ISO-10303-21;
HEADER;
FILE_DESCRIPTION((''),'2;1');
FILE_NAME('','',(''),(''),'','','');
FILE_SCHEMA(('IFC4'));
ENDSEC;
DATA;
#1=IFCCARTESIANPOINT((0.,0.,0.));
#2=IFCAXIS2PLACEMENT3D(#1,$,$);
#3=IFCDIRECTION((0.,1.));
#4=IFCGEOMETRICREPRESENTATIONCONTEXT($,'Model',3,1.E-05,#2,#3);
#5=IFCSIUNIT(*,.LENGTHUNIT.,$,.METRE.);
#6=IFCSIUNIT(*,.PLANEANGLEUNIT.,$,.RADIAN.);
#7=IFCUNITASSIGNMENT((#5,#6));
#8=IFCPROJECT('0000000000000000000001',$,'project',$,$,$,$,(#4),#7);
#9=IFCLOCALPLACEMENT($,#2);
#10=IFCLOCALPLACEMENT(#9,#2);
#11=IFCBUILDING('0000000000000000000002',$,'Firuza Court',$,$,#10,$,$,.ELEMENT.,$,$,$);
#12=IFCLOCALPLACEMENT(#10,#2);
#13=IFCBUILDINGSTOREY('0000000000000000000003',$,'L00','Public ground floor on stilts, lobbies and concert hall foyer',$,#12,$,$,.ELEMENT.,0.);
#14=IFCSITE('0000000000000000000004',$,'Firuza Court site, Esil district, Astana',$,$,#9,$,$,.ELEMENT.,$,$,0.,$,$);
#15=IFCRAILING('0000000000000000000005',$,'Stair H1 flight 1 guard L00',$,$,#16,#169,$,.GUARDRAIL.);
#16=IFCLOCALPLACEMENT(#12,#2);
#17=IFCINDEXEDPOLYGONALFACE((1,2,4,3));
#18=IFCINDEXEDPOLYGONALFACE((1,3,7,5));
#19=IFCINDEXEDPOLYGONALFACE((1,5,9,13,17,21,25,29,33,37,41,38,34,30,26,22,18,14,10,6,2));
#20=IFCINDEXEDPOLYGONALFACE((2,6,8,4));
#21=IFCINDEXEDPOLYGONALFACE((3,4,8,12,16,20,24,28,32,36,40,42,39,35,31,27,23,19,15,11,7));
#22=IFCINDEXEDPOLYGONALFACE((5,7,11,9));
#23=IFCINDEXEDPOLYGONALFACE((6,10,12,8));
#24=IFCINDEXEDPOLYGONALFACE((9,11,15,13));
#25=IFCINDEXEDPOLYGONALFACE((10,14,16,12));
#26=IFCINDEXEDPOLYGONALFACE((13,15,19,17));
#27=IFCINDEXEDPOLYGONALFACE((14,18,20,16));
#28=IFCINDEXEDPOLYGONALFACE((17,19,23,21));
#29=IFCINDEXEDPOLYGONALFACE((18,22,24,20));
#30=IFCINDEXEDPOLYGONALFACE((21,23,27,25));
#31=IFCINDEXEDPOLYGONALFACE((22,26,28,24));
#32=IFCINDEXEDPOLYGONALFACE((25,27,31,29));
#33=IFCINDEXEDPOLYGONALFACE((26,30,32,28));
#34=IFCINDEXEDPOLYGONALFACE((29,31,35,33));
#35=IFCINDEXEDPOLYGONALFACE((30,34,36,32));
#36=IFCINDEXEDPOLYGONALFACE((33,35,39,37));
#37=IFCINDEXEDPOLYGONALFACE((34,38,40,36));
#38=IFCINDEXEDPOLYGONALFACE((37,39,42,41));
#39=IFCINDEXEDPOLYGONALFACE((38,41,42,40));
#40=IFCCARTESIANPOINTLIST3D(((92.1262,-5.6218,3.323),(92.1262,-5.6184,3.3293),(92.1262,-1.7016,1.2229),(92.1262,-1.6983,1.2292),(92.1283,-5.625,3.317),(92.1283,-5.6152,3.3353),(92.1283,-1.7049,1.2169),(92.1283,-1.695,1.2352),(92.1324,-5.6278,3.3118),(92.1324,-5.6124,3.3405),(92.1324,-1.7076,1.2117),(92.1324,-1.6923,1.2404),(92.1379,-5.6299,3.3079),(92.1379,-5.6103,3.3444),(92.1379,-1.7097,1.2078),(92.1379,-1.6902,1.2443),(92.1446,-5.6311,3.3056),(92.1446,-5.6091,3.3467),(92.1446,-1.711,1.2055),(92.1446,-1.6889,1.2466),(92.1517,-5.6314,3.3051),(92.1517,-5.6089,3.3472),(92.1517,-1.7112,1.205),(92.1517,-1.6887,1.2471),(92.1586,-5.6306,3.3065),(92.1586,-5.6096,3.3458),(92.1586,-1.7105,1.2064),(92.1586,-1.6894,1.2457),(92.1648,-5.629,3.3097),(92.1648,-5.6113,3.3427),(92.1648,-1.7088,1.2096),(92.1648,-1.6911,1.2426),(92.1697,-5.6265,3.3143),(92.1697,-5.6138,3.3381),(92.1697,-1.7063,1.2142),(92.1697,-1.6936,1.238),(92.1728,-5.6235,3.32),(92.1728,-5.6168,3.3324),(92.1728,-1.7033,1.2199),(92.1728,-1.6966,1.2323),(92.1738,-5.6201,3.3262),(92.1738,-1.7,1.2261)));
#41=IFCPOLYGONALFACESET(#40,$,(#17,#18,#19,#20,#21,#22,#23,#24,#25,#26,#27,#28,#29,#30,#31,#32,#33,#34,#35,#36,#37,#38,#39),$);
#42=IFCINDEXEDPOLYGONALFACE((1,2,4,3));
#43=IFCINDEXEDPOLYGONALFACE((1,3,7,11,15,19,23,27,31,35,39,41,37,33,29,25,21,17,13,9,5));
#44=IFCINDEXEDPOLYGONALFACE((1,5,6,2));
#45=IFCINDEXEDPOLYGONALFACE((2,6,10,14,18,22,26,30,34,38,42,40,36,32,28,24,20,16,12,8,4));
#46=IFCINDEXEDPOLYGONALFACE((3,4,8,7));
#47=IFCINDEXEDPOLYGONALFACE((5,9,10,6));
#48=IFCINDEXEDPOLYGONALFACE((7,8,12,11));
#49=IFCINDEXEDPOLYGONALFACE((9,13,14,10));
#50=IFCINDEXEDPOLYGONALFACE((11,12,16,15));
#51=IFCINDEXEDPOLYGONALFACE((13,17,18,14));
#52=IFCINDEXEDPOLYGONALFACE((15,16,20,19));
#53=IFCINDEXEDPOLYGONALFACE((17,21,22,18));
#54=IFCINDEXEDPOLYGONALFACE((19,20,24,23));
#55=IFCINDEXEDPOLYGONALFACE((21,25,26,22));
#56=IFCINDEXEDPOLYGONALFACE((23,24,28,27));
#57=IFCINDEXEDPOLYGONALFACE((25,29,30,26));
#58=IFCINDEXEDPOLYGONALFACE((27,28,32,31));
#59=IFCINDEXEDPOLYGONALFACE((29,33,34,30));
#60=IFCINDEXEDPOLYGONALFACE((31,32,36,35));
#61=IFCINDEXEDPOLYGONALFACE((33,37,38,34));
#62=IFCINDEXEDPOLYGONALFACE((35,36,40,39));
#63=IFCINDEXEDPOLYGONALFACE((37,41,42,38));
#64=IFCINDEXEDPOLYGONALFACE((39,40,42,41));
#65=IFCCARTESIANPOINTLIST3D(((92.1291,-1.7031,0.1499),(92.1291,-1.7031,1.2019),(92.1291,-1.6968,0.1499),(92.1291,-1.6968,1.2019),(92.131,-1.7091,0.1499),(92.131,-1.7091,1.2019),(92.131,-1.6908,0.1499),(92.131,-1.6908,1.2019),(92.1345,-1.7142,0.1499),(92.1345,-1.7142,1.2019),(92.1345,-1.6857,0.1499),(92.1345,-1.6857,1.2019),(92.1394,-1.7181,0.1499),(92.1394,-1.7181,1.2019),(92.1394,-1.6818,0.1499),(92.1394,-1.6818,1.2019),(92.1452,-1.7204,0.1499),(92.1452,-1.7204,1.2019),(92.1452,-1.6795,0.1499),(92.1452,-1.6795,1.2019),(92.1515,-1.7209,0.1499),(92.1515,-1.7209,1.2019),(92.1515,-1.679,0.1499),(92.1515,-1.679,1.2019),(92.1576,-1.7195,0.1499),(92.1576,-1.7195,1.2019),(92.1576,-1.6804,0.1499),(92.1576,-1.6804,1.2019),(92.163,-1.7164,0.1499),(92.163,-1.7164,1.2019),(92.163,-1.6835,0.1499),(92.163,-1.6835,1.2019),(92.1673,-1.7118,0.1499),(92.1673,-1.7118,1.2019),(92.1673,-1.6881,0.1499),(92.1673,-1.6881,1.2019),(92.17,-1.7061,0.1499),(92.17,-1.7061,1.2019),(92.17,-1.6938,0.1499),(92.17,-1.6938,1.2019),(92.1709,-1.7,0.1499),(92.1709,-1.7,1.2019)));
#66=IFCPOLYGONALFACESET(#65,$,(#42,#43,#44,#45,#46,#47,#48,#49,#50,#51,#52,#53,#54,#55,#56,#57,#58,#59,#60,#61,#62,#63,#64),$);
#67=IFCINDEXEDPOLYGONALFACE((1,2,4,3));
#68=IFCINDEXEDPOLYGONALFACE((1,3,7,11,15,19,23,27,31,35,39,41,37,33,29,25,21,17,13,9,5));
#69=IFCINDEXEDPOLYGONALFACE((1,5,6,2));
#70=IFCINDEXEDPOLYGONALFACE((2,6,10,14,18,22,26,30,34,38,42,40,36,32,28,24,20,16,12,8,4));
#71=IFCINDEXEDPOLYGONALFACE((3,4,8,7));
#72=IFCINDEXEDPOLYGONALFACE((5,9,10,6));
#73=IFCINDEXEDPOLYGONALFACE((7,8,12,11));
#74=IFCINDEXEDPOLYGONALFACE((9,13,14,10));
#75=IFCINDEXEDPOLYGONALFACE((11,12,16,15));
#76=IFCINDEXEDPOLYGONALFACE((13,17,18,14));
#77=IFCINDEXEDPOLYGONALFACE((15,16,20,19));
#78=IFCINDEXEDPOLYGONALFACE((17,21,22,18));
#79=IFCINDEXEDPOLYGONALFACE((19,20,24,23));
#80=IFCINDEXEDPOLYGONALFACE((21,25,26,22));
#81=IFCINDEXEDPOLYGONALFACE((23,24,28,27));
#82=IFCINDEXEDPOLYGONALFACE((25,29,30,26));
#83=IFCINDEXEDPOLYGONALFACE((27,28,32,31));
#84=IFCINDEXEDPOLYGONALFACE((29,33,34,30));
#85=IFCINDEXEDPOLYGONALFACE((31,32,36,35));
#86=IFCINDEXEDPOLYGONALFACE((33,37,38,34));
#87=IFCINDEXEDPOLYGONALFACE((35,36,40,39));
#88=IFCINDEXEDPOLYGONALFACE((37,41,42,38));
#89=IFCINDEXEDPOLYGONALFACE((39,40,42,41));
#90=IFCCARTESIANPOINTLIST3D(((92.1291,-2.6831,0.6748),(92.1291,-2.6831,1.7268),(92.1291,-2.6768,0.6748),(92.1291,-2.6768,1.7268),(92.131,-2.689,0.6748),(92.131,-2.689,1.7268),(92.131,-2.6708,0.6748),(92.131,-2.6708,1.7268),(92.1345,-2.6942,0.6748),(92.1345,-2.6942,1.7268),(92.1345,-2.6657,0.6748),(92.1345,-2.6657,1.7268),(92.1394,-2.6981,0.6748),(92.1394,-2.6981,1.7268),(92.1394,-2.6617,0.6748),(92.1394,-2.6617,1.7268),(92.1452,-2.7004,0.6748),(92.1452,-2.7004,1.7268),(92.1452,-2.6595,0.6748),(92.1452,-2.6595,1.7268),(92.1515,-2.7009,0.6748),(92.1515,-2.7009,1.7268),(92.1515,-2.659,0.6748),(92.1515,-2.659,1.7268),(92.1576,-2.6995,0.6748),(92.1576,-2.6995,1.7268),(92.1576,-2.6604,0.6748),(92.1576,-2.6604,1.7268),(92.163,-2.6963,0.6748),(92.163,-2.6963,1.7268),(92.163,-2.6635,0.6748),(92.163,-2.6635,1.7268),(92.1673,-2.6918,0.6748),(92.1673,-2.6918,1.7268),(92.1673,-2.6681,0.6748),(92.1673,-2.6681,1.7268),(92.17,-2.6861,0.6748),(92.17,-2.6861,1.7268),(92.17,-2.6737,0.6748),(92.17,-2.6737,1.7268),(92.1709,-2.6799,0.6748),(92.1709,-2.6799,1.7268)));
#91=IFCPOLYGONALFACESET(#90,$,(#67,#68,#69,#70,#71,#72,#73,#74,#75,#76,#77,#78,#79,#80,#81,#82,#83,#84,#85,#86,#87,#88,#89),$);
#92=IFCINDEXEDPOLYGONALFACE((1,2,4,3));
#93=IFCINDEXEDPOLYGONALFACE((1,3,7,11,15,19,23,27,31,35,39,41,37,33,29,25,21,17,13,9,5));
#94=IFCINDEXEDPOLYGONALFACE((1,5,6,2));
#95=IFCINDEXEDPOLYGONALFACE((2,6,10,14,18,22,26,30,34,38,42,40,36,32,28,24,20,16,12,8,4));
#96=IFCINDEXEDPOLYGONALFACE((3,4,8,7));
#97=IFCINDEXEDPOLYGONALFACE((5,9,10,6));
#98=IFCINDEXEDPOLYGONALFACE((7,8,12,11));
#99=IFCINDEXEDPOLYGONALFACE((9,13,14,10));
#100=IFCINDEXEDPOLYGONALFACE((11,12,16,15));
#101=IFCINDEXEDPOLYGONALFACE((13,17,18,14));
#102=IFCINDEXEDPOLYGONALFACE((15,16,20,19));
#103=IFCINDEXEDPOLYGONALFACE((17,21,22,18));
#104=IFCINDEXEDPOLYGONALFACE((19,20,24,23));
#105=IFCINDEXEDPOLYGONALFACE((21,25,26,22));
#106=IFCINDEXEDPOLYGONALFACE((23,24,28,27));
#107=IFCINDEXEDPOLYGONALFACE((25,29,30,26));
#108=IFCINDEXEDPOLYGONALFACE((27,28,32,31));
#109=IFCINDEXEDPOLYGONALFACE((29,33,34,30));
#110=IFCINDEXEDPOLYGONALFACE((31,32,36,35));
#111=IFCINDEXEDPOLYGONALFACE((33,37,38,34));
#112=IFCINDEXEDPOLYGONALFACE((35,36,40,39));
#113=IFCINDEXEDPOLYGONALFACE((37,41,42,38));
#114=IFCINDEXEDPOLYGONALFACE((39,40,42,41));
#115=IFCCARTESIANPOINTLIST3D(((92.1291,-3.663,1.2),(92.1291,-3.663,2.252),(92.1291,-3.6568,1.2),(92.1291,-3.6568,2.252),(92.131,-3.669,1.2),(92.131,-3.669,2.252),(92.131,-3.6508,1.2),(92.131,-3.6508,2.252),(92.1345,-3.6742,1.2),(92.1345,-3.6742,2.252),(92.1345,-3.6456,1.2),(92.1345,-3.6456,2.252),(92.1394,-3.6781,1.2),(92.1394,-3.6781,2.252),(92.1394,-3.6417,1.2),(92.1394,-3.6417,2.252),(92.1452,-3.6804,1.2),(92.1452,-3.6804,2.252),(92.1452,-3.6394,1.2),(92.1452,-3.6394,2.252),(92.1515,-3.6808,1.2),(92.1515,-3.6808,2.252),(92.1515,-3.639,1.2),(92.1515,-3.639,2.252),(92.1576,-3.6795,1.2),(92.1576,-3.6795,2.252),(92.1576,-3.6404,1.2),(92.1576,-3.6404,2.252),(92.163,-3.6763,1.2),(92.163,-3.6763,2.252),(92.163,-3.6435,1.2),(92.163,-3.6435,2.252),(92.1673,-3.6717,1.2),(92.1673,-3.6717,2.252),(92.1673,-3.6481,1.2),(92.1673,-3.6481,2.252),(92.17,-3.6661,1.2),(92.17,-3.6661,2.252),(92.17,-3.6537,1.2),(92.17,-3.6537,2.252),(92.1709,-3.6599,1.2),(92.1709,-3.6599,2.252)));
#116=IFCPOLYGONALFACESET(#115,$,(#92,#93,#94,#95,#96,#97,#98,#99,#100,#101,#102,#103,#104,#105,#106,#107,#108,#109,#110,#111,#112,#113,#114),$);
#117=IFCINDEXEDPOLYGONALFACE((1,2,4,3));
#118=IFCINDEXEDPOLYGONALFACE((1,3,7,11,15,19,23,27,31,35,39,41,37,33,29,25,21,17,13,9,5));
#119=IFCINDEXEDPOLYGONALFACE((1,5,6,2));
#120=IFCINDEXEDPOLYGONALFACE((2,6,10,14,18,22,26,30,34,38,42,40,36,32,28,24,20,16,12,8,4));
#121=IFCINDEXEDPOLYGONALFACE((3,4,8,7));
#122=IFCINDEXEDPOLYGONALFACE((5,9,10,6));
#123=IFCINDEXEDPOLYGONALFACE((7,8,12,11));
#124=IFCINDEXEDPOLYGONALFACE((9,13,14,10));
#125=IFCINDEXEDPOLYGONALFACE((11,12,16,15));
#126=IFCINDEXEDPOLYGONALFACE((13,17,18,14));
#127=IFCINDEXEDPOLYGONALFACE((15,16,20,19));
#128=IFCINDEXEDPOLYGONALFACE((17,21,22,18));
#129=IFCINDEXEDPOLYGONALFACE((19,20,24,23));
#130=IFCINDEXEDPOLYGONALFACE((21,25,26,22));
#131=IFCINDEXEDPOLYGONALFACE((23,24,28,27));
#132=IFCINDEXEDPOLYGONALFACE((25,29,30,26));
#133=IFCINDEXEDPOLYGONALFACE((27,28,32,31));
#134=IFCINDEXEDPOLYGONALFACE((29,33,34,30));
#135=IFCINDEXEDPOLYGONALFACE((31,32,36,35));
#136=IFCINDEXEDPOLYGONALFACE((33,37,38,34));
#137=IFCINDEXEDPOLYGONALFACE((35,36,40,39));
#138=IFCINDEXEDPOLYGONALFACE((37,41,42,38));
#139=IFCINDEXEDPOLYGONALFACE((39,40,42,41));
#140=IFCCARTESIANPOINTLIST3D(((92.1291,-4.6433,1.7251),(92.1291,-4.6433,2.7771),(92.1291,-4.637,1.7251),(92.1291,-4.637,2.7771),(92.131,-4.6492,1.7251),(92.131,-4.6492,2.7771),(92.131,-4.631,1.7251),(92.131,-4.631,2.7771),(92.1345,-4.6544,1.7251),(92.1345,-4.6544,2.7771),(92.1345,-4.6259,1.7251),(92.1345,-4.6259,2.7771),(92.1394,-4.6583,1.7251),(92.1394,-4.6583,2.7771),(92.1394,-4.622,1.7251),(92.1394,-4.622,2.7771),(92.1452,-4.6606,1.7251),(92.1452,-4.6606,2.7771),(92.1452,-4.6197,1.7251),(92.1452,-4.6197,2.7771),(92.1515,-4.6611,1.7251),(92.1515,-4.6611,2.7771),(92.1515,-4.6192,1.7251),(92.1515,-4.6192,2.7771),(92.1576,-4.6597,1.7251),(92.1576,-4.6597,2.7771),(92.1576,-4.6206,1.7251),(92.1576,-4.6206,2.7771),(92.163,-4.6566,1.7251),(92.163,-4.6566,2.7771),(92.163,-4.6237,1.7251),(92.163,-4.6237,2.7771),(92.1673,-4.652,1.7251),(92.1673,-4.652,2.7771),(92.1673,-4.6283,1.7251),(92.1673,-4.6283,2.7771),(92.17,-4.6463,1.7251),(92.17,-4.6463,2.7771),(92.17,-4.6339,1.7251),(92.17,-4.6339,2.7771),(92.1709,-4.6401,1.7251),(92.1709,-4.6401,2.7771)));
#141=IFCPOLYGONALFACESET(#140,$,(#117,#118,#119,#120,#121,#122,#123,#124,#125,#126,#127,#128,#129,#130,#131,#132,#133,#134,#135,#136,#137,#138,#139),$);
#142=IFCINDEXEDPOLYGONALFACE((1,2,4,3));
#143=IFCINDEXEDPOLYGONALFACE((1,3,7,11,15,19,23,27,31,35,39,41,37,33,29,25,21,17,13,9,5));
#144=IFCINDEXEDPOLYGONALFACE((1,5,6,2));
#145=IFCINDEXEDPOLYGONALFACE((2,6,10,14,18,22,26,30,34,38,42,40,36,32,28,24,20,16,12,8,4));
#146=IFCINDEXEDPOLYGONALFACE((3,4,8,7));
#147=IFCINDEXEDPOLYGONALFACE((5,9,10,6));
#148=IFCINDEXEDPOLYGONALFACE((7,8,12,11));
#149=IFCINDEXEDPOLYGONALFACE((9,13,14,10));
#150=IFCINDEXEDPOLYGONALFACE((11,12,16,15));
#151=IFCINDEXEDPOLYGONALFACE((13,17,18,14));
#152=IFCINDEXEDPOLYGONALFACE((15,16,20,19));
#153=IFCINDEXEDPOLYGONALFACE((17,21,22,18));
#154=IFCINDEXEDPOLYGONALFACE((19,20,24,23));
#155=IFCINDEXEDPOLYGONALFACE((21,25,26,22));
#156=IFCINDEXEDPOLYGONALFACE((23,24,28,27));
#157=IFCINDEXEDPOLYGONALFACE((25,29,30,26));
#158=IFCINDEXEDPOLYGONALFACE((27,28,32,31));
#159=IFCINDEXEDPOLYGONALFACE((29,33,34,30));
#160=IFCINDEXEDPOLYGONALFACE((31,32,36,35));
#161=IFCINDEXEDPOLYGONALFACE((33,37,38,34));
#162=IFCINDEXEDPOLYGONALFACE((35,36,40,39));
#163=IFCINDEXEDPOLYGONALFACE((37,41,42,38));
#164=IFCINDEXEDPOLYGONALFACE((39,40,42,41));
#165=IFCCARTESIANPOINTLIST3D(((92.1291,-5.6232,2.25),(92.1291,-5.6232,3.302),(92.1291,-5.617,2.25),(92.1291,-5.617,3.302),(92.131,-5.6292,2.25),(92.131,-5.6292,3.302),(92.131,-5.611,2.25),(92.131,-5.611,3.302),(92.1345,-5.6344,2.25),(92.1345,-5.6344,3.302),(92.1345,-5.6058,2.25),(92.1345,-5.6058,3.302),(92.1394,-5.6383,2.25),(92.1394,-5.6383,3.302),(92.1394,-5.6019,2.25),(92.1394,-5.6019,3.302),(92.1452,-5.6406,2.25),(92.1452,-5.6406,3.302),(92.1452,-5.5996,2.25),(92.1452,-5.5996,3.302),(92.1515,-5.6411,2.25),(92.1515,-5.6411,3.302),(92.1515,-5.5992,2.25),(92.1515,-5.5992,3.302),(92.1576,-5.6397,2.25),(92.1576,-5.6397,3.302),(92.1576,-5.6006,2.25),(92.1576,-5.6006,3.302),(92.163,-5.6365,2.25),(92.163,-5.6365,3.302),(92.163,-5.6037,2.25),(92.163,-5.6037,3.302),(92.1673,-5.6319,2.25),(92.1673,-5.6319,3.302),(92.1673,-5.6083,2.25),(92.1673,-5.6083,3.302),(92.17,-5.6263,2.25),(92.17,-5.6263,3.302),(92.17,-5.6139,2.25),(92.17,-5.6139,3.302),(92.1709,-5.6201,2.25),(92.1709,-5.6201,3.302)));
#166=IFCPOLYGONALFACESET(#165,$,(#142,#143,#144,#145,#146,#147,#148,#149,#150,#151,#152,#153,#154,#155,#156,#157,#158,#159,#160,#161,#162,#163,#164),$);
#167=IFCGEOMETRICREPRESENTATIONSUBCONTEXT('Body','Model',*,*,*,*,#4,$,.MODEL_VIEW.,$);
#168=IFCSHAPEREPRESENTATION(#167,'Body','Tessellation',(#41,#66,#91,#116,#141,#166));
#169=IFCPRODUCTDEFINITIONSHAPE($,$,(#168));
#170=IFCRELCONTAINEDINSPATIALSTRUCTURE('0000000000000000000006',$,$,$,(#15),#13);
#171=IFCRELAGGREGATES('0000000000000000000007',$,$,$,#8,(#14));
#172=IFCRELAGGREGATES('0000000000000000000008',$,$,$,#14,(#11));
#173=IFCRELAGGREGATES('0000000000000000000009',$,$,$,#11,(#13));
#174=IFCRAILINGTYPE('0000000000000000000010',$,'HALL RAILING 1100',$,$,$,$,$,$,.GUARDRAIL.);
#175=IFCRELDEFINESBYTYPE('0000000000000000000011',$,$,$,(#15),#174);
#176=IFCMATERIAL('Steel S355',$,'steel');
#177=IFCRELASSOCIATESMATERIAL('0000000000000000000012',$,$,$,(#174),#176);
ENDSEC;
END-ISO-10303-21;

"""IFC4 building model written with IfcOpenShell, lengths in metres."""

from ifc_helpers import new_model, si_unit, direction, frame, origin, origin_2d, place, context, subcontext, project, spatial, circle, extrude, material, type_object, element, save


model = new_model("IFC4")

# Units and contexts
model_context = context("Model", 3, precision=1e-05, world=origin(), true_north=direction((0.0, 1.0)))
body_context = subcontext(model_context, "Body", "Model", "MODEL_VIEW")
ifc_project = project(units=[si_unit("LENGTHUNIT", "METRE"), si_unit("PLANEANGLEUNIT", "RADIAN")], contexts=[model_context])

# Site, building, storey
site_placement = place(None, origin())
site = spatial("IfcSite", under=ifc_project, at=site_placement, Name="Firuza Court site, Esil district, Astana", CompositionType="ELEMENT", RefElevation=0.0)
building_placement = place(site_placement, origin())
building = spatial("IfcBuilding", under=site, at=building_placement, Name="Firuza Court", CompositionType="ELEMENT")
storey_placement = place(building_placement, origin())
storey = spatial("IfcBuildingStorey", under=building, at=storey_placement, Name="L00", Description="Public ground floor on stilts, lobbies and concert hall foyer", CompositionType="ELEMENT", Elevation=0.0)

# Railing
ifc_material_1 = material(Name="Steel S355", Category="steel")
railing_type_1 = type_object("IfcRailingType", Name="HALL RAILING 1100", PredefinedType="GUARDRAIL", material=ifc_material_1)
railing_1_placement = place(storey_placement, frame((92.1499, -1.7, 0.1499)))
element("IfcRailing", 1, at=railing_1_placement, inside=storey, type_object=railing_type_1, Name="Stair H1 flight 1 guard L00", PredefinedType="GUARDRAIL", context=body_context, shape_type="SweptSolid", body=[
    extrude(circle(Radius=0.0239, at=origin_2d()), frame((0.0, 0.0, 1.0762), z_axis=(0.0, -0.881479, 0.472223), x_axis=(1.0, 0.0, 0.0)), (0.0, 0.0, 1.0), 4.4473),
    extrude(circle(Radius=0.021, at=origin_2d()), origin(), (0.0, 0.0, 1.0), 1.052),
    extrude(circle(Radius=0.021, at=origin_2d()), frame((0.0, -0.98, 0.5249)), (0.0, 0.0, 1.0), 1.052),
    extrude(circle(Radius=0.021, at=origin_2d()), frame((0.0, -1.96, 1.05)), (0.0, 0.0, 1.0), 1.052),
    extrude(circle(Radius=0.021, at=origin_2d()), frame((0.0, -2.9402, 1.5752)), (0.0, 0.0, 1.0), 1.052),
    extrude(circle(Radius=0.021, at=origin_2d()), frame((0.0, -3.9202, 2.1001)), (0.0, 0.0, 1.0), 1.052),
])

save(model, "model.ifc")
